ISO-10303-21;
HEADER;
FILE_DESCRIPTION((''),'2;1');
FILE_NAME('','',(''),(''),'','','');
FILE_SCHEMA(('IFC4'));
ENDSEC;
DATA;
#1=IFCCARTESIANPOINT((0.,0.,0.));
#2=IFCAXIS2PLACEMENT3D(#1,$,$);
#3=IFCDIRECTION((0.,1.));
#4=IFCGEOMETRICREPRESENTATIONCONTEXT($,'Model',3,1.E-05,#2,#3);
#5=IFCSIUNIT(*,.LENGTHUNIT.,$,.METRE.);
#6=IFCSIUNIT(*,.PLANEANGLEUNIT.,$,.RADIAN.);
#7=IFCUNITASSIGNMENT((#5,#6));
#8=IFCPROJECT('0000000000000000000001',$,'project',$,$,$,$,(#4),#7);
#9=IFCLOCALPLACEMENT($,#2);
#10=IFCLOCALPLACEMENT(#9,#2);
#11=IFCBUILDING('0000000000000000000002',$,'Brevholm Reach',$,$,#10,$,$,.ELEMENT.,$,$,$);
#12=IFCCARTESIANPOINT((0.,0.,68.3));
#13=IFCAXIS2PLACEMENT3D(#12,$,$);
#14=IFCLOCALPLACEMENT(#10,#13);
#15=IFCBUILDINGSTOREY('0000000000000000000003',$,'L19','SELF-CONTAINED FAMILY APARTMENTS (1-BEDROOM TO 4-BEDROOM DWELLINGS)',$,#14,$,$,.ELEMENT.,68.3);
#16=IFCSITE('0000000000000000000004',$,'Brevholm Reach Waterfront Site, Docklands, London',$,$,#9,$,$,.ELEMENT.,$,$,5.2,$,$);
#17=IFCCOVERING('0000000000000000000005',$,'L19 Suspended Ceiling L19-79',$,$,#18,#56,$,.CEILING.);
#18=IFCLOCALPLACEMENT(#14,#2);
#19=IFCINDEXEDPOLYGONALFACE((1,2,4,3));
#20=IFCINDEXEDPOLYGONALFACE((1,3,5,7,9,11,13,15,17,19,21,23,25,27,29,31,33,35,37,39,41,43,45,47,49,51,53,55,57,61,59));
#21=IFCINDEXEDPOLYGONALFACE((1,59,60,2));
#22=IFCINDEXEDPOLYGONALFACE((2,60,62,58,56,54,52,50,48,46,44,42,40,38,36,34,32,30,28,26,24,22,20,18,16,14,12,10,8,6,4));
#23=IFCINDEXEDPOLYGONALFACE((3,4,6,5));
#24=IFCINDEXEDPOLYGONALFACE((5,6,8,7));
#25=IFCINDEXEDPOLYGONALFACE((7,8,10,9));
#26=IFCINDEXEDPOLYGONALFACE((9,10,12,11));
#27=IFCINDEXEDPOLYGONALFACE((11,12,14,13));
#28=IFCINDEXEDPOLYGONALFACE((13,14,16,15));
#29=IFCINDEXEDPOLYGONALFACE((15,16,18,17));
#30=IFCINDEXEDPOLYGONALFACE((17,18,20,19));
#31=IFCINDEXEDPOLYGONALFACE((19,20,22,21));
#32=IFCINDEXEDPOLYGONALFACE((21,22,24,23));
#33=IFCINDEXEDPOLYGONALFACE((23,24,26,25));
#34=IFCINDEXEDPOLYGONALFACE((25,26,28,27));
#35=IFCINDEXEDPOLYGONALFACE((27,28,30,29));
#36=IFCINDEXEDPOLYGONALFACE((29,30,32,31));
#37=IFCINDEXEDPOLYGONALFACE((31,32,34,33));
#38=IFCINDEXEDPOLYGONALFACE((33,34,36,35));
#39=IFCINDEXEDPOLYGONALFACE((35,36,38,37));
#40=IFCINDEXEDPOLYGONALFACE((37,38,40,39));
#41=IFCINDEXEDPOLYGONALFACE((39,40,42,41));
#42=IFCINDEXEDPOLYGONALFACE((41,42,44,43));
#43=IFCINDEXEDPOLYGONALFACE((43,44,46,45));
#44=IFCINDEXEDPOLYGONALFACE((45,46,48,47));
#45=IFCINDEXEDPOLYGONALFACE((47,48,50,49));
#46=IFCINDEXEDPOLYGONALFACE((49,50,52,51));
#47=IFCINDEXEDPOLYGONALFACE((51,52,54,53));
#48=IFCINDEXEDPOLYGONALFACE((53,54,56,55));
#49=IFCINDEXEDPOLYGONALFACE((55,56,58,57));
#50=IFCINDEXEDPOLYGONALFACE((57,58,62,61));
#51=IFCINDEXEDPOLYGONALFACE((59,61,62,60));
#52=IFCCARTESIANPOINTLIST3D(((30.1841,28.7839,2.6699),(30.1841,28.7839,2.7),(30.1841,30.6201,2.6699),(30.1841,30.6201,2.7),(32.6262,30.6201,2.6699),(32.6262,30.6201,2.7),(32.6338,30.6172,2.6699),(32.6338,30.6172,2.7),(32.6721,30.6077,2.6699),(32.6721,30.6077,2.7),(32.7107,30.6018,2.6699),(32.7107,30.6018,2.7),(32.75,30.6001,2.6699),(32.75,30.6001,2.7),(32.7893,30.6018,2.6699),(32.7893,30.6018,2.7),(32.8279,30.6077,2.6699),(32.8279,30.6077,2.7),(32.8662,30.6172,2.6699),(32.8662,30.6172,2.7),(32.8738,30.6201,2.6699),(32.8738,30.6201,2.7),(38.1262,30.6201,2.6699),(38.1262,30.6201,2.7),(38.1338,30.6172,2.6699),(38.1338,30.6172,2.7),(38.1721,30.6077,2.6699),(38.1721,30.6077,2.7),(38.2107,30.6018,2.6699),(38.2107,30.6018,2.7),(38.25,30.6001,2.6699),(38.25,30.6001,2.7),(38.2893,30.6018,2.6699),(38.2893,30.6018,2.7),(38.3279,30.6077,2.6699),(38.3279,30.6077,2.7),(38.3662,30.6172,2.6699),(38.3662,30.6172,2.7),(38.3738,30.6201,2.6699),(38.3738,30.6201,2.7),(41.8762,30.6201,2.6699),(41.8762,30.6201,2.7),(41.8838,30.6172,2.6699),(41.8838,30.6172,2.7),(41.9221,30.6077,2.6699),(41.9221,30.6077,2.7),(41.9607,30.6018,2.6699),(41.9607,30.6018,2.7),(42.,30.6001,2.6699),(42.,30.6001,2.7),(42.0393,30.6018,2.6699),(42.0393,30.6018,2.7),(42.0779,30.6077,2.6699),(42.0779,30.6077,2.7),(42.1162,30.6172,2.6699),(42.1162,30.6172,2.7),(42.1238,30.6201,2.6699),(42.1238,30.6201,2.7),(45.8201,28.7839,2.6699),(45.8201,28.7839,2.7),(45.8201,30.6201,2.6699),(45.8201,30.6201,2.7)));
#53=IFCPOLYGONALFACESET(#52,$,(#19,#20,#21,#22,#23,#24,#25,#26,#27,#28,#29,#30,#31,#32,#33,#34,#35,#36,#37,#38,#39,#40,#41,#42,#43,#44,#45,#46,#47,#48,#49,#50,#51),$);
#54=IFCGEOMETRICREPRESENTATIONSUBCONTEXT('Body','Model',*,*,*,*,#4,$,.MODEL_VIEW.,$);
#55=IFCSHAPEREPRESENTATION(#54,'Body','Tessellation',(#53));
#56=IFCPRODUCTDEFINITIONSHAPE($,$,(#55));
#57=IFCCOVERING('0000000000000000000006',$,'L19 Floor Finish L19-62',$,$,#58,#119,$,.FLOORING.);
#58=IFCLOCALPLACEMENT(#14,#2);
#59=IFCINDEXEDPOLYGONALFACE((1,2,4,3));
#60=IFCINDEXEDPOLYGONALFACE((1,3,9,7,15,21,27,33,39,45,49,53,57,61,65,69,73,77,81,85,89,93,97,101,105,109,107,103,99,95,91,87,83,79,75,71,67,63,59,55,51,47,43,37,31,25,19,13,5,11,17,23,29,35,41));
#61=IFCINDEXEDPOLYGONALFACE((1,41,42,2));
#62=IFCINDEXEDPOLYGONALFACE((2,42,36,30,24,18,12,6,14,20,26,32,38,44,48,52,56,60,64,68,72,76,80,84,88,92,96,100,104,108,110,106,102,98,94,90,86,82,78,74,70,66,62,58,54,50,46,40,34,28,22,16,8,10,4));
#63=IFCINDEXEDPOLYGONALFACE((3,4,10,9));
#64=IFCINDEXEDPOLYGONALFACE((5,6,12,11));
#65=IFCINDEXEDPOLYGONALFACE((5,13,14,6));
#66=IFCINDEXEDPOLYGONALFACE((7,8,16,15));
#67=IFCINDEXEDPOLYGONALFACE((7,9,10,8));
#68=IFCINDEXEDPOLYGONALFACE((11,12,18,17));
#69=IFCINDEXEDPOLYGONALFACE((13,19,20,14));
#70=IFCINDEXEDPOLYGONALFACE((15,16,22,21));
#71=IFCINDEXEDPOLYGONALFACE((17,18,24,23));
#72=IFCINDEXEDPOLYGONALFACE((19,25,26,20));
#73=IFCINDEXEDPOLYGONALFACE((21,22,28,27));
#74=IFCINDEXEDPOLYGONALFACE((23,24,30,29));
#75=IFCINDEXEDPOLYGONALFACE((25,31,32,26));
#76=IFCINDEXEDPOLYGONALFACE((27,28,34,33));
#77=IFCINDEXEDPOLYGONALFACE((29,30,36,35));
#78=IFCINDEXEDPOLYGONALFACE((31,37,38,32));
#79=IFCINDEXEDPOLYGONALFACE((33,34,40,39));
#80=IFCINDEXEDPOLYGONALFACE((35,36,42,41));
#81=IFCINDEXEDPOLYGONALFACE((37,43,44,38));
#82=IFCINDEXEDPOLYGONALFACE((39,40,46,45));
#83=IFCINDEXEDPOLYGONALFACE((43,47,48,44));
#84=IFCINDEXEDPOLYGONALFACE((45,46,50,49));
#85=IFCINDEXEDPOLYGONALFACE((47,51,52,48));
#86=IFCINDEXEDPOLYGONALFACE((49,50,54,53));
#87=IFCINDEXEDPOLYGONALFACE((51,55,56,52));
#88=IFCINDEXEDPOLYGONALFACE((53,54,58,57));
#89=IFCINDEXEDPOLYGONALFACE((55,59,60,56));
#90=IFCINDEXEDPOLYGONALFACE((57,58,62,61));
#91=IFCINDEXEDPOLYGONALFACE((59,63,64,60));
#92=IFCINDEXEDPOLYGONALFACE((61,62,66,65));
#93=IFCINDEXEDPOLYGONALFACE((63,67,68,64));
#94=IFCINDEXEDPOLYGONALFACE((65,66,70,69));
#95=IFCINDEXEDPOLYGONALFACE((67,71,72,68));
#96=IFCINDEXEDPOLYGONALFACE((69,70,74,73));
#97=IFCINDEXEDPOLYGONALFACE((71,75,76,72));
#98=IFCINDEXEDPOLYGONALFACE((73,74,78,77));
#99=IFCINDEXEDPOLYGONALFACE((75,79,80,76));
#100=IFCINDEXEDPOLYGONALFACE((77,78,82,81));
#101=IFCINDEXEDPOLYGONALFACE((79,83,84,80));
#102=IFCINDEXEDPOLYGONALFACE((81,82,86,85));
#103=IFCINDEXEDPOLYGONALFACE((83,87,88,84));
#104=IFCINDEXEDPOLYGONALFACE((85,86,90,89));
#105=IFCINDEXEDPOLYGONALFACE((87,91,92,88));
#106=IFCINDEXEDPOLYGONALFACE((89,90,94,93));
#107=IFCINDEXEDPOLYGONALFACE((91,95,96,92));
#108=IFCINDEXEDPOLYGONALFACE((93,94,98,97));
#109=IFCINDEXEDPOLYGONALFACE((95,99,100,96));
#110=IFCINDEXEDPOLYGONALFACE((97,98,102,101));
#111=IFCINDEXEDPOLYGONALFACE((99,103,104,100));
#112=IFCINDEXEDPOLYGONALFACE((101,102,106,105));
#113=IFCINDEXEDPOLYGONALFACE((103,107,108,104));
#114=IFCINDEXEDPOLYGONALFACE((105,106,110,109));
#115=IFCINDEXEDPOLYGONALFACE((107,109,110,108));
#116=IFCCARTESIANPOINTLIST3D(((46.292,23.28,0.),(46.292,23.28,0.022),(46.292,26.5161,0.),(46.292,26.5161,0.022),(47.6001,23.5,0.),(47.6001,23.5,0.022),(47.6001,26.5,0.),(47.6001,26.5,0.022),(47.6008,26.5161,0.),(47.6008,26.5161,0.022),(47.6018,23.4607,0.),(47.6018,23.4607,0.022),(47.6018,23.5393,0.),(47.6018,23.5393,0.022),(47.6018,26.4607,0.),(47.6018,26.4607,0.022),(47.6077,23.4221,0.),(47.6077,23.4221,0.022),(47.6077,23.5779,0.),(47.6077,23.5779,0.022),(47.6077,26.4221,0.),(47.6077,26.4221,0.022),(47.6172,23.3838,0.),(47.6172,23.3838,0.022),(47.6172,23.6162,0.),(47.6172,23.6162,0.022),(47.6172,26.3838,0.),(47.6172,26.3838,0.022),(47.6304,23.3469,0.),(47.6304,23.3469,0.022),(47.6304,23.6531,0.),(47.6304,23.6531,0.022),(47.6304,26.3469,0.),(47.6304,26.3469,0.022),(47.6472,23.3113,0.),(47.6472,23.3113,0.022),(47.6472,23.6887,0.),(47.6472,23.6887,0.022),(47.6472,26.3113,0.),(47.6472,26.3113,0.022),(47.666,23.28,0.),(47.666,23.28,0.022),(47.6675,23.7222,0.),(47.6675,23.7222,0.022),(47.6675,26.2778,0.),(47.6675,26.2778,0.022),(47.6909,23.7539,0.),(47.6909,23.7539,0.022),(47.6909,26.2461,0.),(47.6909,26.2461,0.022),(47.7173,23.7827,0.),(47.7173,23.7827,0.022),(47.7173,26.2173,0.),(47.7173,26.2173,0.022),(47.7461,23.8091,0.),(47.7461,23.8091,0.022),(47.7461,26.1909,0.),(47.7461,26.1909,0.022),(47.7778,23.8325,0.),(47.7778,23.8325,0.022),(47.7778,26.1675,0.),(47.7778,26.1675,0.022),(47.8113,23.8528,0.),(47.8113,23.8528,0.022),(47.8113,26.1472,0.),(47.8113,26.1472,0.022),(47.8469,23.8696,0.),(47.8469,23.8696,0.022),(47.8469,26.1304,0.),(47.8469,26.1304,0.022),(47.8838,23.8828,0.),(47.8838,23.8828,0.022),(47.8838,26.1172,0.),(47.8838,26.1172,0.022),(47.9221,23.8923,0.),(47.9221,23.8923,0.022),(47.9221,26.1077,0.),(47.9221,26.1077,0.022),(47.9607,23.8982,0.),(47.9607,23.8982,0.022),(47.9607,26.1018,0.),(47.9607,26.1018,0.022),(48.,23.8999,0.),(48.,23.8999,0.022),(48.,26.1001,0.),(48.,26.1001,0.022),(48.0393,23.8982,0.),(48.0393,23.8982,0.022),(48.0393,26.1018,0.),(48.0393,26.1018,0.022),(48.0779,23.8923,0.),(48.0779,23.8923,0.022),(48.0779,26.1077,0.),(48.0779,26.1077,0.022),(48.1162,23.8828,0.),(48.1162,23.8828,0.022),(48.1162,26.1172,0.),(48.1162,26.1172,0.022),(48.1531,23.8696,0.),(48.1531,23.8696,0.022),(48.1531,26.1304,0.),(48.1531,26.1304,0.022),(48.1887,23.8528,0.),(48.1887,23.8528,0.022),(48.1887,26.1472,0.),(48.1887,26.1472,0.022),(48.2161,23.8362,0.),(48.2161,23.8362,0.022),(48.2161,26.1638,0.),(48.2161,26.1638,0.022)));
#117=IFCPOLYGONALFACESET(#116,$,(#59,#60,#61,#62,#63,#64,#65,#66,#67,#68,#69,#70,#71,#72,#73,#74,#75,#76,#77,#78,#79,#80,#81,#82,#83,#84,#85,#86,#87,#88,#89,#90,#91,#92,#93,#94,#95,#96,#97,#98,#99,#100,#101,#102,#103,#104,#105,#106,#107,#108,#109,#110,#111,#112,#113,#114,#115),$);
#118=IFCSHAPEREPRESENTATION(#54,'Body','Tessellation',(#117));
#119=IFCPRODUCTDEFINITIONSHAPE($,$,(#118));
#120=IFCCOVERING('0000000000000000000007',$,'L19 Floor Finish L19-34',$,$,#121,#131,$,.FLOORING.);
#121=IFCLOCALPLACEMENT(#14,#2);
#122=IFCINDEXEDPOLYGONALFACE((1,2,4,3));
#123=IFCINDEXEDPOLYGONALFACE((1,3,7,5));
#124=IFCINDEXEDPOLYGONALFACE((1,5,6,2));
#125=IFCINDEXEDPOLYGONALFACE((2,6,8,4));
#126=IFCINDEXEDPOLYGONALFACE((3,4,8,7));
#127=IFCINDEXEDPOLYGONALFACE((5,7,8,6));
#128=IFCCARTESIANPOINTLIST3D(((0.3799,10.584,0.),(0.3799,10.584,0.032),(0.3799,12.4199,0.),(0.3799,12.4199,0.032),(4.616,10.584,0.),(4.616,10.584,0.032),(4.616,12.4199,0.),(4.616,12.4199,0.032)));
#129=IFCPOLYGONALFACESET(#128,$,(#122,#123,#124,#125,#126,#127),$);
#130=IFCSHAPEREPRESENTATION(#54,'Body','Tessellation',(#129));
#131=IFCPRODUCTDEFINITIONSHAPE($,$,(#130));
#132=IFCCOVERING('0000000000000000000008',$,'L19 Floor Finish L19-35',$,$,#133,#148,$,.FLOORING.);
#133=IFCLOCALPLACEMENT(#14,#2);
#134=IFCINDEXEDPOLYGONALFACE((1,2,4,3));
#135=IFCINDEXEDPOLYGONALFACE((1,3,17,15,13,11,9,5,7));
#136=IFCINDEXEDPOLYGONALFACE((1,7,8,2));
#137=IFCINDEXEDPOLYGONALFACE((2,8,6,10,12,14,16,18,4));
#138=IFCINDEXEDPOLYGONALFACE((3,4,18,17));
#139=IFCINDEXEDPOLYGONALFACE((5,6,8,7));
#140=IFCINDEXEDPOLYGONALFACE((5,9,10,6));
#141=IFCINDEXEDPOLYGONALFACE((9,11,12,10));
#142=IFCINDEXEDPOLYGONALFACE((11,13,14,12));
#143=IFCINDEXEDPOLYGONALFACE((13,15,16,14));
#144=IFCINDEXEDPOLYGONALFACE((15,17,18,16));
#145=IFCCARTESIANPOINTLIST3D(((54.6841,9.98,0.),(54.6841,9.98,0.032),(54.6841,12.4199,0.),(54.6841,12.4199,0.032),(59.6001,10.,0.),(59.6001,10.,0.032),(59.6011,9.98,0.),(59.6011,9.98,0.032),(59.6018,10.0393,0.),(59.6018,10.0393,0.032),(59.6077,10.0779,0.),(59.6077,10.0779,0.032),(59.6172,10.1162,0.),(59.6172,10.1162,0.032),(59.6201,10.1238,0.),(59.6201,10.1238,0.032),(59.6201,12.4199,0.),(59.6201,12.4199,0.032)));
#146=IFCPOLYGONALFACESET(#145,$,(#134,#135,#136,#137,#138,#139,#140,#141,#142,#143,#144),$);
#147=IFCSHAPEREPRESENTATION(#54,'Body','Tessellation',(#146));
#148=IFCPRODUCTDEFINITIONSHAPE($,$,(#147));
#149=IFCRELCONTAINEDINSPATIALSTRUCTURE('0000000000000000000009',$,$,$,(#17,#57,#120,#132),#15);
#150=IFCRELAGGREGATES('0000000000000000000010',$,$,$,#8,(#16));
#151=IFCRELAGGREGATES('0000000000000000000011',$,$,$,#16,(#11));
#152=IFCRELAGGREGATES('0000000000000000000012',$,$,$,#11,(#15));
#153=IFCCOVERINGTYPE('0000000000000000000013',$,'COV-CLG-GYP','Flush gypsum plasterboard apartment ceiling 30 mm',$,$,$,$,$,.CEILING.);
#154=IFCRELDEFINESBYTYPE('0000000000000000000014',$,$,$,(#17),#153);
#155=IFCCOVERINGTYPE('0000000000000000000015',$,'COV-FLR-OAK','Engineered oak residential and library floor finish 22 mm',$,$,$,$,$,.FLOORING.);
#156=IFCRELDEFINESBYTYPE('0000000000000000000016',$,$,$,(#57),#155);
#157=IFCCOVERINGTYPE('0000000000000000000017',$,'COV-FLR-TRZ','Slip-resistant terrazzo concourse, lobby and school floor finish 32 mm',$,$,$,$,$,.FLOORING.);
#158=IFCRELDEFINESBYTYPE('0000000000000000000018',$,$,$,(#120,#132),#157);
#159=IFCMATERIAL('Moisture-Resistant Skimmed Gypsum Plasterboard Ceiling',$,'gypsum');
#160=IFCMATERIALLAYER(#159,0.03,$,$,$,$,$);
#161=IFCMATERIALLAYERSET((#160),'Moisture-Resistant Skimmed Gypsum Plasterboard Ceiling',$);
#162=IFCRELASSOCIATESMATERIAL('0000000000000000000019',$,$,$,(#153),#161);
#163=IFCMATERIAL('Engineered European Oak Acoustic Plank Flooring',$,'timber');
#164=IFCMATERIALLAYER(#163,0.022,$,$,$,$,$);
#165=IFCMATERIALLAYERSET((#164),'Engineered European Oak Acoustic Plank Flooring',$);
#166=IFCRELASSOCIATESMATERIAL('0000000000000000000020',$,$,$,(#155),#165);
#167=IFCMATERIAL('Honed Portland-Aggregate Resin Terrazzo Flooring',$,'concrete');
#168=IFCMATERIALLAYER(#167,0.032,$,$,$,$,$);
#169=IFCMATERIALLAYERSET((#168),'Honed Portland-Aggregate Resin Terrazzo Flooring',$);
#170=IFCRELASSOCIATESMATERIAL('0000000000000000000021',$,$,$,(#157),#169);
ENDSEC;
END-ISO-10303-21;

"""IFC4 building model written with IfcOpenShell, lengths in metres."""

from ifc_helpers import new_model, si_unit, direction, frame, origin, place, context, subcontext, project, spatial, polyline, outline, extrude, material, layer, layer_set, type_object, element, save


model = new_model("IFC4")

# Units and contexts
model_context = context("Model", 3, precision=1e-05, world=origin(), true_north=direction((0.0, 1.0)))
body_context = subcontext(model_context, "Body", "Model", "MODEL_VIEW")
ifc_project = project(units=[si_unit("LENGTHUNIT", "METRE"), si_unit("PLANEANGLEUNIT", "RADIAN")], contexts=[model_context])

# Site, building, storey
site_placement = place(None, origin())
site = spatial("IfcSite", under=ifc_project, at=site_placement, Name="Brevholm Reach Waterfront Site, Docklands, London", CompositionType="ELEMENT", RefElevation=5.2)
building_placement = place(site_placement, origin())
building = spatial("IfcBuilding", under=site, at=building_placement, Name="Brevholm Reach", CompositionType="ELEMENT")
storey_placement = place(building_placement, frame((0.0, 0.0, 68.3)))
storey = spatial("IfcBuildingStorey", under=building, at=storey_placement, Name="L19", Description="SELF-CONTAINED FAMILY APARTMENTS (1-BEDROOM TO 4-BEDROOM DWELLINGS)", CompositionType="ELEMENT", Elevation=68.3)

# Coverings
ifc_material_1 = material(Name="Moisture-Resistant Skimmed Gypsum Plasterboard Ceiling", Category="gypsum")
ifc_layer_1 = layer(ifc_material_1, 0.03)
ifc_layer_set_1 = layer_set([ifc_layer_1], Name="Moisture-Resistant Skimmed Gypsum Plasterboard Ceiling")
covering_type_1 = type_object("IfcCoveringType", Name="COV-CLG-GYP", Description="Flush gypsum plasterboard apartment ceiling 30 mm", PredefinedType="CEILING", material=ifc_layer_set_1)
covering_1_placement = place(storey_placement, frame((0.0, 0.0, 2.6699)))
element("IfcCovering", 1, at=covering_1_placement, inside=storey, type_object=covering_type_1, Name="L19 Suspended Ceiling L19-79", PredefinedType="CEILING", context=body_context, shape_type="SweptSolid", body=[
    extrude(outline(polyline([(32.6262, 30.6201), (32.6338, 30.6172), (32.6721, 30.6077), (32.7107, 30.6018), (32.75, 30.6001), (32.7893, 30.6018), (32.8279, 30.6077), (32.8662, 30.6172), (32.8738, 30.6201), (38.1262, 30.6201), (38.1338, 30.6172), (38.1721, 30.6077), (38.2107, 30.6018), (38.25, 30.6001), (38.2893, 30.6018), (38.3279, 30.6077), (38.3662, 30.6172), (38.3738, 30.6201), (41.8762, 30.6201), (41.8838, 30.6172), (41.9221, 30.6077), (41.9607, 30.6018), (42.0, 30.6001), (42.0393, 30.6018), (42.0779, 30.6077), (42.1162, 30.6172), (42.1238, 30.6201), (45.8201, 30.6201), (45.8201, 28.7839), (30.1841, 28.7839), (30.1841, 30.6201), (32.6262, 30.6201)])), origin(), (0.0, 0.0, 1.0), 0.03),
])
ifc_material_2 = material(Name="Engineered European Oak Acoustic Plank Flooring", Category="timber")
ifc_layer_2 = layer(ifc_material_2, 0.022)
ifc_layer_set_2 = layer_set([ifc_layer_2], Name="Engineered European Oak Acoustic Plank Flooring")
covering_type_2 = type_object("IfcCoveringType", Name="COV-FLR-OAK", Description="Engineered oak residential and library floor finish 22 mm", PredefinedType="FLOORING", material=ifc_layer_set_2)
covering_2_placement = place(storey_placement, origin())
element("IfcCovering", 2, at=covering_2_placement, inside=storey, type_object=covering_type_2, Name="L19 Floor Finish L19-62", PredefinedType="FLOORING", context=body_context, shape_type="SweptSolid", body=[
    extrude(outline(polyline([(46.292, 26.5161), (47.6008, 26.5161), (47.6001, 26.5), (47.6018, 26.4607), (47.6077, 26.4221), (47.6172, 26.3838), (47.6304, 26.3469), (47.6472, 26.3113), (47.6675, 26.2778), (47.6909, 26.2461), (47.7173, 26.2173), (47.7461, 26.1909), (47.7778, 26.1675), (47.8113, 26.1472), (47.8469, 26.1304), (47.8838, 26.1172), (47.9221, 26.1077), (47.9607, 26.1018), (48.0, 26.1001), (48.0393, 26.1018), (48.0779, 26.1077), (48.1162, 26.1172), (48.1531, 26.1304), (48.1887, 26.1472), (48.2161, 26.1638), (48.2161, 23.8362), (48.1887, 23.8528), (48.1531, 23.8696), (48.1162, 23.8828), (48.0779, 23.8923), (48.0393, 23.8982), (48.0, 23.8999), (47.9607, 23.8982), (47.9221, 23.8923), (47.8838, 23.8828), (47.8469, 23.8696), (47.8113, 23.8528), (47.7778, 23.8325), (47.7461, 23.8091), (47.7173, 23.7827), (47.6909, 23.7539), (47.6675, 23.7222), (47.6472, 23.6887), (47.6304, 23.6531), (47.6172, 23.6162), (47.6077, 23.5779), (47.6018, 23.5393), (47.6001, 23.5), (47.6018, 23.4607), (47.6077, 23.4221), (47.6172, 23.3838), (47.6304, 23.3469), (47.6472, 23.3113), (47.666, 23.28), (46.292, 23.28), (46.292, 26.5161)])), origin(), (0.0, 0.0, 1.0), 0.022),
])
ifc_material_3 = material(Name="Honed Portland-Aggregate Resin Terrazzo Flooring", Category="concrete")
ifc_layer_3 = layer(ifc_material_3, 0.032)
ifc_layer_set_3 = layer_set([ifc_layer_3], Name="Honed Portland-Aggregate Resin Terrazzo Flooring")
covering_type_3 = type_object("IfcCoveringType", Name="COV-FLR-TRZ", Description="Slip-resistant terrazzo concourse, lobby and school floor finish 32 mm", PredefinedType="FLOORING", material=ifc_layer_set_3)
covering_3_placement = place(storey_placement, origin())
element("IfcCovering", 3, at=covering_3_placement, inside=storey, type_object=covering_type_3, Name="L19 Floor Finish L19-34", PredefinedType="FLOORING", context=body_context, shape_type="SweptSolid", body=[
    extrude(outline(polyline([(0.3799, 12.4199), (4.616, 12.4199), (4.616, 10.584), (0.3799, 10.584), (0.3799, 12.4199)])), origin(), (0.0, 0.0, 1.0), 0.032),
])
covering_4_placement = place(storey_placement, origin())
element("IfcCovering", 4, at=covering_4_placement, inside=storey, type_object=covering_type_3, Name="L19 Floor Finish L19-35", PredefinedType="FLOORING", context=body_context, shape_type="SweptSolid", body=[
    extrude(outline(polyline([(59.6201, 12.4199), (59.6201, 10.1238), (59.6172, 10.1162), (59.6077, 10.0779), (59.6018, 10.0393), (59.6001, 10.0), (59.6011, 9.98), (54.6841, 9.98), (54.6841, 12.4199), (59.6201, 12.4199)])), origin(), (0.0, 0.0, 1.0), 0.032),
])

save(model, "model.ifc")
